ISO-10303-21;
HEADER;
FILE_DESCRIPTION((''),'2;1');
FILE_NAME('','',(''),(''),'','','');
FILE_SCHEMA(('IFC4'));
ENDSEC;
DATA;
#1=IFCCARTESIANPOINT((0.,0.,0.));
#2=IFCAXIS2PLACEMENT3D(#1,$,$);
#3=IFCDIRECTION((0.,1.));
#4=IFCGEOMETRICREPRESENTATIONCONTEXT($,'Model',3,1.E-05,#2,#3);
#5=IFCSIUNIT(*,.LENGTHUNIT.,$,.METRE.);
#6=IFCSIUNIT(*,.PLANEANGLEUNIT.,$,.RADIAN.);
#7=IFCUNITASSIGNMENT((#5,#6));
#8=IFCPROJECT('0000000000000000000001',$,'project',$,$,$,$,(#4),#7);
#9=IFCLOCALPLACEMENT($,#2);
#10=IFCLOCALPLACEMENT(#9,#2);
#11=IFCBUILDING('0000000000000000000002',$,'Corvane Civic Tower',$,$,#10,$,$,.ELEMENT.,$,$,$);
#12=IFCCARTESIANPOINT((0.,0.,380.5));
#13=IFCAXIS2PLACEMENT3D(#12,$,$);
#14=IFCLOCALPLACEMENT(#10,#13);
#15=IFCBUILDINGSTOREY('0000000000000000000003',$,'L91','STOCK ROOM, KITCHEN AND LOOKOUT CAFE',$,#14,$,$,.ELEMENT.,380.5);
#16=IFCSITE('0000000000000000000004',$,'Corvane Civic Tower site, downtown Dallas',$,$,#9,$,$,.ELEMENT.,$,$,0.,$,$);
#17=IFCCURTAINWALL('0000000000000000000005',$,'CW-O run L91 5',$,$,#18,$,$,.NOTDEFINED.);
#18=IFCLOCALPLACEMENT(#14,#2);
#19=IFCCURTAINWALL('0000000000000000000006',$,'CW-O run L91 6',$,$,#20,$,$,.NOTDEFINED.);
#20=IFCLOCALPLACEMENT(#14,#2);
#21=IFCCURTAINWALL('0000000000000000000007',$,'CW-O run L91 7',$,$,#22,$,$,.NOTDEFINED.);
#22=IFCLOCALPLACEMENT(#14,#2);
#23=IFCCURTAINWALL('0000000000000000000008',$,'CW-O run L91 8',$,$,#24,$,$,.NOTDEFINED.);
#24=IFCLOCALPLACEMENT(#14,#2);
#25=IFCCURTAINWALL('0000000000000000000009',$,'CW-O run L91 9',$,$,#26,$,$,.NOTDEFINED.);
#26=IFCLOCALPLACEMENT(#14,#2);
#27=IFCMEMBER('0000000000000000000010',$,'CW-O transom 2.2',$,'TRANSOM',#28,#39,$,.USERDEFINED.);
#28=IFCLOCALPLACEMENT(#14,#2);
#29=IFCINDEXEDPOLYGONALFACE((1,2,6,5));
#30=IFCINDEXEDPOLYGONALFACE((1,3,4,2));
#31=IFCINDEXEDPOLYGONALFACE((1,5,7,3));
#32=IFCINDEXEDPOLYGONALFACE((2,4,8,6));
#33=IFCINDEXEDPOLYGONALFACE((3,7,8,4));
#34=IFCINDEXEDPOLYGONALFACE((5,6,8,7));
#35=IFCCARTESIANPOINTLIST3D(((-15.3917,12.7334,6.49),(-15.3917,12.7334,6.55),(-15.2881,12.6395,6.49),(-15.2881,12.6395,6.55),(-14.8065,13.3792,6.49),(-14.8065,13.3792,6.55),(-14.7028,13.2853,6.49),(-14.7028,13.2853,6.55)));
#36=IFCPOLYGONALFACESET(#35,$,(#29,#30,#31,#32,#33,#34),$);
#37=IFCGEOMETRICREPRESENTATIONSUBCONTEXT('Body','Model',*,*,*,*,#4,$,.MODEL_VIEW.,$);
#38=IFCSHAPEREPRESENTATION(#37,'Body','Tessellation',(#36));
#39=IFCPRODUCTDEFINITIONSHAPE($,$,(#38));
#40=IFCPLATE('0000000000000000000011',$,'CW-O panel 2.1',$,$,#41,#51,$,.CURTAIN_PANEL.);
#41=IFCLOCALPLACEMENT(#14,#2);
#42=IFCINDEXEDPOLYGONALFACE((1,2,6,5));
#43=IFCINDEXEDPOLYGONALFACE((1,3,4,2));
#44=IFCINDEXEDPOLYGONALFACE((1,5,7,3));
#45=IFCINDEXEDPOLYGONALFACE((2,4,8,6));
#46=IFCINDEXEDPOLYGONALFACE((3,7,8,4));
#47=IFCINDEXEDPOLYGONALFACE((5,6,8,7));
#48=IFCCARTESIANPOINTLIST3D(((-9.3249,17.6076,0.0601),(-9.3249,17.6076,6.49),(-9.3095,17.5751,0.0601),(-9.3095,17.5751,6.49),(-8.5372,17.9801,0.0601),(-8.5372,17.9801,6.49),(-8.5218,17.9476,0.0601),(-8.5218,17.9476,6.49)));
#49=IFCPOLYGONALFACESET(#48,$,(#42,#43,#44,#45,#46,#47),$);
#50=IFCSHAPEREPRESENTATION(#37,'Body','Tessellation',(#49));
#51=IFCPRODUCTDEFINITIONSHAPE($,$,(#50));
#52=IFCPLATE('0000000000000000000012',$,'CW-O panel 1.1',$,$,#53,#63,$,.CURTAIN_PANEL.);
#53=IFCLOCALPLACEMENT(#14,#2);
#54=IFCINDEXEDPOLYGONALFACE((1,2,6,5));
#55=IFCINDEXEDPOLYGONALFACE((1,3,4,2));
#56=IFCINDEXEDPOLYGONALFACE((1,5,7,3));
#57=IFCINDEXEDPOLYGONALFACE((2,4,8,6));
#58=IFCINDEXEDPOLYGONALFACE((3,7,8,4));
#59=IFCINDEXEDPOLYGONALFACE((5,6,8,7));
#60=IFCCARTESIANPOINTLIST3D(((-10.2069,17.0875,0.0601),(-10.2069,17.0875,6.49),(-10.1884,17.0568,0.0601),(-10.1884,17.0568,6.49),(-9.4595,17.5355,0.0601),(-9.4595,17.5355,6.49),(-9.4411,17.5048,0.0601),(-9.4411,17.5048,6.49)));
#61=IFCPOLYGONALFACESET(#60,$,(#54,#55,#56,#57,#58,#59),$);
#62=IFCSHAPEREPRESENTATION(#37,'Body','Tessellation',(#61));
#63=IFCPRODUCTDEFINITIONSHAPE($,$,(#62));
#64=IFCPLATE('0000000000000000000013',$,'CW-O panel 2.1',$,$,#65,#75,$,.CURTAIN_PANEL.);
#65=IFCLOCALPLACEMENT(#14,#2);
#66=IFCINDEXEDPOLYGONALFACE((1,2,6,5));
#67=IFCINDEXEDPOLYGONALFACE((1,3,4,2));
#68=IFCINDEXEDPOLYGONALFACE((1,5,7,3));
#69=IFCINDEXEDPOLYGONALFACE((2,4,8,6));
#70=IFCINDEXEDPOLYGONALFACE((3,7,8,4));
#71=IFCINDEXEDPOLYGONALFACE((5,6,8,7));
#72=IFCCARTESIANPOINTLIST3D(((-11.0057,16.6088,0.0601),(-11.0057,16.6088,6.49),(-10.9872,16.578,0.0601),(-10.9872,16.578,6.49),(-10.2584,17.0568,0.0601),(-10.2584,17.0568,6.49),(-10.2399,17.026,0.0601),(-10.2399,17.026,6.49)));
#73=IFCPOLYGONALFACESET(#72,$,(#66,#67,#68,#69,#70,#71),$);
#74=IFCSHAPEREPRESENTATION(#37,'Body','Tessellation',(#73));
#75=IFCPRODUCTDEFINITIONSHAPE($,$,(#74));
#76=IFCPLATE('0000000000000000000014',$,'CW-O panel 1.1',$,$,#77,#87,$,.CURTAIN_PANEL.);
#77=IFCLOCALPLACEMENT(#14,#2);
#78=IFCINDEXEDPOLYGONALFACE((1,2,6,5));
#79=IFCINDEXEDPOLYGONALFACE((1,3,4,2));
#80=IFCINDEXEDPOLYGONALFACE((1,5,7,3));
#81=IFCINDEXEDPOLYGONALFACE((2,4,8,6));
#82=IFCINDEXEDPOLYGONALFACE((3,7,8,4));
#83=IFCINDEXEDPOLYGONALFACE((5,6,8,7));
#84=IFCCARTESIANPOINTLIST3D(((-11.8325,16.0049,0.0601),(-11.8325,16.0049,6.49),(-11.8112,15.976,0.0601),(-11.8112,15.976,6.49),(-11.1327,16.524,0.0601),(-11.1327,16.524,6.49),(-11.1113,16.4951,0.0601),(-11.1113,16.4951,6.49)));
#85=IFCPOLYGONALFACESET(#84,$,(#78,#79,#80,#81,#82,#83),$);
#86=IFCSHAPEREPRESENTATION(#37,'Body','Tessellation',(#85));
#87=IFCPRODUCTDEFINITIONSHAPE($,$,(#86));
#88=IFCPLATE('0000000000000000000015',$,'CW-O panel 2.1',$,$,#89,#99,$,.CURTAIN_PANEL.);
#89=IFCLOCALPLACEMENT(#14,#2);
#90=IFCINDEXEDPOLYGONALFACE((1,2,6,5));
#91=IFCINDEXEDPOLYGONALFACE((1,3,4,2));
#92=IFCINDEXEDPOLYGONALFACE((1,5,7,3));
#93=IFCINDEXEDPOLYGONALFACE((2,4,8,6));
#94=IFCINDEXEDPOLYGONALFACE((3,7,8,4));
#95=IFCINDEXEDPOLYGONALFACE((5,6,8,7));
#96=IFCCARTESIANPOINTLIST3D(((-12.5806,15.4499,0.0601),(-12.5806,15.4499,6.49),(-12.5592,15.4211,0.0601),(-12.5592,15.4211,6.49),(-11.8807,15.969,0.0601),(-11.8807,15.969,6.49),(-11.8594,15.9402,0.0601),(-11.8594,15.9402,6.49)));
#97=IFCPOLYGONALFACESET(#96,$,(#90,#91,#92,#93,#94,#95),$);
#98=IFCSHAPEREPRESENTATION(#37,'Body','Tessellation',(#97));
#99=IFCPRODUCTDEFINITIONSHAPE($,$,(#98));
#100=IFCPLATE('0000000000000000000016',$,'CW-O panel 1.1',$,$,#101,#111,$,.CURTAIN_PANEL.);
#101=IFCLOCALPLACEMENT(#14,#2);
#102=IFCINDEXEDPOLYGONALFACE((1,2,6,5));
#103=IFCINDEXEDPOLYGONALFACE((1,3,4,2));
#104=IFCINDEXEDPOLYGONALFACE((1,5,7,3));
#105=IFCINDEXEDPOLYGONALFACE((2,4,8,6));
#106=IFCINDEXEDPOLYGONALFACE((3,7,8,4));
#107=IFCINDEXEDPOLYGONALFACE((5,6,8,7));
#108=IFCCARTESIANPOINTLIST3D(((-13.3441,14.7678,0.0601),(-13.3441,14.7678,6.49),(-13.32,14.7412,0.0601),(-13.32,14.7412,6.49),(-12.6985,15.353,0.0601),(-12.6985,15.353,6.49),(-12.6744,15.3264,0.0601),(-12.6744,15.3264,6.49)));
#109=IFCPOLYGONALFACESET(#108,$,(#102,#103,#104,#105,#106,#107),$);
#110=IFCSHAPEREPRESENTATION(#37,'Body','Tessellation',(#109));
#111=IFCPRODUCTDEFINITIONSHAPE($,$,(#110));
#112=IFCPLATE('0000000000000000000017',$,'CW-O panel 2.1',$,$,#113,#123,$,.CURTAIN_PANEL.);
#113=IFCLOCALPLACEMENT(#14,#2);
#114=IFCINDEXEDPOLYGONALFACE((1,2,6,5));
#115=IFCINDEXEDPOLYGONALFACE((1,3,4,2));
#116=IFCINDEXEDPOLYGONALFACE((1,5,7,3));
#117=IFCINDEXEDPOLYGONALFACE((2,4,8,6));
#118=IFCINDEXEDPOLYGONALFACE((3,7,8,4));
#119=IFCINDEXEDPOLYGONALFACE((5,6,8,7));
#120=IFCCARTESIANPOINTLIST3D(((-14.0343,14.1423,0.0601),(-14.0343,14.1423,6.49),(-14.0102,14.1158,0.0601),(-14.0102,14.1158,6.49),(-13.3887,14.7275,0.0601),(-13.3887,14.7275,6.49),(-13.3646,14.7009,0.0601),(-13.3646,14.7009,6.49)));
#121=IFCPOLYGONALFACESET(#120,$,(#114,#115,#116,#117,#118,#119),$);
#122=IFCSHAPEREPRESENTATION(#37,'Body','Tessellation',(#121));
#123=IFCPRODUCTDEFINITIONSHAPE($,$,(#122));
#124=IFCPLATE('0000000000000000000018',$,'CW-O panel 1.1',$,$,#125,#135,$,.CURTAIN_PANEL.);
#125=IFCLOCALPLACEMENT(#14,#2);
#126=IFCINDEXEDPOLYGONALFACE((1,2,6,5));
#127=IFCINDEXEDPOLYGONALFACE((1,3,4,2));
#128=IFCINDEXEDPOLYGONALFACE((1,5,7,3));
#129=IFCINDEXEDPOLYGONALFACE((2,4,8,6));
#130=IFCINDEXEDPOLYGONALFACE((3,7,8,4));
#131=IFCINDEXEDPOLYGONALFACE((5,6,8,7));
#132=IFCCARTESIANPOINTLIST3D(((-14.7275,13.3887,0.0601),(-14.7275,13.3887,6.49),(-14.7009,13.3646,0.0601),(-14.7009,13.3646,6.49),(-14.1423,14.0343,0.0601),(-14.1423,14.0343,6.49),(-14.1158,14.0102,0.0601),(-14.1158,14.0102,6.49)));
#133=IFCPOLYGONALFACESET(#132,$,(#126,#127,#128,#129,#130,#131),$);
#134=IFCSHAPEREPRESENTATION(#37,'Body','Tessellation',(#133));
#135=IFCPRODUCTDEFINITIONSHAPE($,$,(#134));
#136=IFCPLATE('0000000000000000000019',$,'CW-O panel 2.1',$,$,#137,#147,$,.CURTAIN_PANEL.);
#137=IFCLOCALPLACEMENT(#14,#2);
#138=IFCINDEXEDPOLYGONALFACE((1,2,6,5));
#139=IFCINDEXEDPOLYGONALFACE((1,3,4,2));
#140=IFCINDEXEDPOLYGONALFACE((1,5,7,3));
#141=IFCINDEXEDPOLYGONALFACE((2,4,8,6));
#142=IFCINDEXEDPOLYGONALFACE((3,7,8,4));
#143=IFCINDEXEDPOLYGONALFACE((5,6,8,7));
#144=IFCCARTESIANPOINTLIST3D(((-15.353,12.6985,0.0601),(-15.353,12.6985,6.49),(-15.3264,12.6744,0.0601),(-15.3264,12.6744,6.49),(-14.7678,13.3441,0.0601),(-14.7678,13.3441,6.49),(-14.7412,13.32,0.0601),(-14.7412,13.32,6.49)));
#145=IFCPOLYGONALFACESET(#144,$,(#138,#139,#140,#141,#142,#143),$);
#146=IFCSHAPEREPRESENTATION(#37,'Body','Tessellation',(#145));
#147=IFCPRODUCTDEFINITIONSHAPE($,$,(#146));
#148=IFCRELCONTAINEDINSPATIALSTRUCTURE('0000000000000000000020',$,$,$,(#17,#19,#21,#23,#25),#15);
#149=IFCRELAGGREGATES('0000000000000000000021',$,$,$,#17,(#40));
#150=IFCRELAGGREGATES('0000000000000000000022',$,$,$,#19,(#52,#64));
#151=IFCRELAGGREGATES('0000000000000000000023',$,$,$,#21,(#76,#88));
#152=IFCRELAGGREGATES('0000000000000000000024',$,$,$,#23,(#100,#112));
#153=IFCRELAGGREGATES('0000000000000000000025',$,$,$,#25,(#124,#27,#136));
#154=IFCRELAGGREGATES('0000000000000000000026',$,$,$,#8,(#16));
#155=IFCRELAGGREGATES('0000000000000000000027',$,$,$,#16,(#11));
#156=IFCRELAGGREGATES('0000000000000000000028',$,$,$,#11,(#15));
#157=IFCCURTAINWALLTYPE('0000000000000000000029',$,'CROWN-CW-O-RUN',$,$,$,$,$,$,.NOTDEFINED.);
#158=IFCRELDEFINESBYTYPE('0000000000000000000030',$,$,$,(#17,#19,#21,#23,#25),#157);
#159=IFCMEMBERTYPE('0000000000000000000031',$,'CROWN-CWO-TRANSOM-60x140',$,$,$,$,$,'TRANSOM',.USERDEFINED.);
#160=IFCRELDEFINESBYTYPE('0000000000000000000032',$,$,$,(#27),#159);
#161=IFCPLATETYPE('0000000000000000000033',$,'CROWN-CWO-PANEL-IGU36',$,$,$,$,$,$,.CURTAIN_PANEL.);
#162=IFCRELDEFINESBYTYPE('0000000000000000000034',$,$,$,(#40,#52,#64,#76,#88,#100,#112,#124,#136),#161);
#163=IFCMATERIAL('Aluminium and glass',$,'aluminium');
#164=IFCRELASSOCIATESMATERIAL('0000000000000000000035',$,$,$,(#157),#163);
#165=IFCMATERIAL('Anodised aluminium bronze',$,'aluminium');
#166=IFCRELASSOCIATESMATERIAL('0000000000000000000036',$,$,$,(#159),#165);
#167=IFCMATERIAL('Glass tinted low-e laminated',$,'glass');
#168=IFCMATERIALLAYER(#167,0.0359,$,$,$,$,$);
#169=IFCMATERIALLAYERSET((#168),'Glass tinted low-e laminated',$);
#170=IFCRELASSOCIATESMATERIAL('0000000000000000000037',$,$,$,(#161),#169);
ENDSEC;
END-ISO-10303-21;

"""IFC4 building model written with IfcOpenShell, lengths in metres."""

from ifc_helpers import new_model, si_unit, direction, frame, origin, origin_2d, place, context, subcontext, project, spatial, rectangle, extrude, material, layer, layer_set, material_profile, profile_set, type_object, element, aggregate, save


model = new_model("IFC4")

# Units and contexts
model_context = context("Model", 3, precision=1e-05, world=origin(), true_north=direction((0.0, 1.0)))
body_context = subcontext(model_context, "Body", "Model", "MODEL_VIEW")
ifc_project = project(units=[si_unit("LENGTHUNIT", "METRE"), si_unit("PLANEANGLEUNIT", "RADIAN")], contexts=[model_context])

# Site, building, storey
site_placement = place(None, origin())
site = spatial("IfcSite", under=ifc_project, at=site_placement, Name="Corvane Civic Tower site, downtown Dallas", CompositionType="ELEMENT", RefElevation=0.0)
building_placement = place(site_placement, origin())
building = spatial("IfcBuilding", under=site, at=building_placement, Name="Corvane Civic Tower", CompositionType="ELEMENT")
storey_placement = place(building_placement, frame((0.0, 0.0, 380.5)))
storey = spatial("IfcBuildingStorey", under=building, at=storey_placement, Name="L91", Description="STOCK ROOM, KITCHEN AND LOOKOUT CAFE", CompositionType="ELEMENT", Elevation=380.5)

# Curtain walls, member
ifc_material_1 = material(Name="Aluminium and glass", Category="aluminium")
curtain_wall_type = type_object("IfcCurtainWallType", Name="CROWN-CW-O-RUN", PredefinedType="NOTDEFINED", material=ifc_material_1)
curtain_wall_1_placement = place(storey_placement, origin())
curtain_wall_1 = element("IfcCurtainWall", 1, at=curtain_wall_1_placement, inside=storey, type_object=curtain_wall_type, Name="CW-O run L91 5", PredefinedType="NOTDEFINED")
ifc_material_2 = material(Name="Anodised aluminium bronze", Category="aluminium")
ifc_material_profile = material_profile(ifc_material_2, rectangle(XDim=0.1399, YDim=0.0601, at=origin_2d()), Name="AL 140x60")
ifc_profile_set = profile_set([ifc_material_profile], Name="Anodised aluminium bronze")
member_type = type_object("IfcMemberType", Name="CROWN-CWO-TRANSOM-60x140", ElementType="TRANSOM", PredefinedType="USERDEFINED", material=ifc_profile_set)
curtain_wall_2_placement = place(storey_placement, origin())
curtain_wall_2 = element("IfcCurtainWall", 2, at=curtain_wall_2_placement, inside=storey, type_object=curtain_wall_type, Name="CW-O run L91 6", PredefinedType="NOTDEFINED")
curtain_wall_3_placement = place(storey_placement, origin())
curtain_wall_3 = element("IfcCurtainWall", 3, at=curtain_wall_3_placement, inside=storey, type_object=curtain_wall_type, Name="CW-O run L91 7", PredefinedType="NOTDEFINED")
curtain_wall_4_placement = place(storey_placement, origin())
curtain_wall_4 = element("IfcCurtainWall", 4, at=curtain_wall_4_placement, inside=storey, type_object=curtain_wall_type, Name="CW-O run L91 8", PredefinedType="NOTDEFINED")
curtain_wall_5_placement = place(storey_placement, origin())
curtain_wall_5 = element("IfcCurtainWall", 5, at=curtain_wall_5_placement, inside=storey, type_object=curtain_wall_type, Name="CW-O run L91 9", PredefinedType="NOTDEFINED")
member_1_placement = place(storey_placement, frame((-14.7546, 13.3323, 6.52), z_axis=(-0.671515, -0.740991, 0.0), x_axis=(0.740991, -0.671515, 0.0)))
member_1 = element("IfcMember", 6, at=member_1_placement, type_object=member_type, Name="CW-O transom 2.2", ObjectType="TRANSOM", PredefinedType="USERDEFINED", context=body_context, shape_type="SweptSolid", body=[
    extrude(rectangle(XDim=0.1399, YDim=0.0601, at=origin_2d()), origin(), (0.0, 0.0, 1.0), 0.8716),
])

# Plates
ifc_material_3 = material(Name="Glass tinted low-e laminated", Category="glass")
ifc_layer = layer(ifc_material_3, 0.0359)
ifc_layer_set = layer_set([ifc_layer], Name="Glass tinted low-e laminated")
plate_type = type_object("IfcPlateType", Name="CROWN-CWO-PANEL-IGU36", PredefinedType="CURTAIN_PANEL", material=ifc_layer_set)
plate_1_placement = place(storey_placement, frame((-8.9233, 17.7776, 0.0601), z_axis=(0.0, 0.0, 1.0), x_axis=(-0.904011, -0.427509, 0.0)))
plate_1 = element("IfcPlate", 7, at=plate_1_placement, type_object=plate_type, Name="CW-O panel 2.1", PredefinedType="CURTAIN_PANEL", context=body_context, shape_type="SweptSolid", body=[
    extrude(rectangle(XDim=0.8713, YDim=0.0359, at=origin_2d()), origin(), (0.0, 0.0, 1.0), 6.4299),
])
aggregate(curtain_wall_1, [plate_1])
plate_2_placement = place(storey_placement, frame((-9.824, 17.2961, 0.0601), z_axis=(0.0, 0.0, 1.0), x_axis=(-0.857699, -0.514152, 0.0)))
plate_2 = element("IfcPlate", 8, at=plate_2_placement, type_object=plate_type, Name="CW-O panel 1.1", PredefinedType="CURTAIN_PANEL", context=body_context, shape_type="SweptSolid", body=[
    extrude(rectangle(XDim=0.8713, YDim=0.0359, at=origin_2d()), origin(), (0.0, 0.0, 1.0), 6.4299),
])
plate_3_placement = place(storey_placement, frame((-10.6228, 16.8174, 0.0601), z_axis=(0.0, 0.0, 1.0), x_axis=(-0.857699, -0.514152, 0.0)))
plate_3 = element("IfcPlate", 9, at=plate_3_placement, type_object=plate_type, Name="CW-O panel 2.1", PredefinedType="CURTAIN_PANEL", context=body_context, shape_type="SweptSolid", body=[
    extrude(rectangle(XDim=0.8713, YDim=0.0359, at=origin_2d()), origin(), (0.0, 0.0, 1.0), 6.4299),
])
aggregate(curtain_wall_2, [plate_2, plate_3])
plate_4_placement = place(storey_placement, frame((-11.4719, 16.25, 0.0601), z_axis=(0.0, 0.0, 1.0), x_axis=(-0.80319, -0.595722, 0.0)))
plate_4 = element("IfcPlate", 10, at=plate_4_placement, type_object=plate_type, Name="CW-O panel 1.1", PredefinedType="CURTAIN_PANEL", context=body_context, shape_type="SweptSolid", body=[
    extrude(rectangle(XDim=0.8713, YDim=0.0359, at=origin_2d()), origin(), (0.0, 0.0, 1.0), 6.4299),
])
plate_5_placement = place(storey_placement, frame((-12.22, 15.6951, 0.0601), z_axis=(0.0, 0.0, 1.0), x_axis=(-0.80319, -0.595722, 0.0)))
plate_5 = element("IfcPlate", 11, at=plate_5_placement, type_object=plate_type, Name="CW-O panel 2.1", PredefinedType="CURTAIN_PANEL", context=body_context, shape_type="SweptSolid", body=[
    extrude(rectangle(XDim=0.8713, YDim=0.0359, at=origin_2d()), origin(), (0.0, 0.0, 1.0), 6.4299),
])
aggregate(curtain_wall_3, [plate_4, plate_5])
plate_6_placement = place(storey_placement, frame((-13.0093, 15.0471, 0.0601), z_axis=(0.0, 0.0, 1.0), x_axis=(-0.740944, -0.671567, 0.0)))
plate_6 = element("IfcPlate", 12, at=plate_6_placement, type_object=plate_type, Name="CW-O panel 1.1", PredefinedType="CURTAIN_PANEL", context=body_context, shape_type="SweptSolid", body=[
    extrude(rectangle(XDim=0.8713, YDim=0.0359, at=origin_2d()), origin(), (0.0, 0.0, 1.0), 6.4299),
])
plate_7_placement = place(storey_placement, frame((-13.6995, 14.4216, 0.0601), z_axis=(0.0, 0.0, 1.0), x_axis=(-0.740944, -0.671567, 0.0)))
plate_7 = element("IfcPlate", 13, at=plate_7_placement, type_object=plate_type, Name="CW-O panel 2.1", PredefinedType="CURTAIN_PANEL", context=body_context, shape_type="SweptSolid", body=[
    extrude(rectangle(XDim=0.8713, YDim=0.0359, at=origin_2d()), origin(), (0.0, 0.0, 1.0), 6.4299),
])
aggregate(curtain_wall_4, [plate_6, plate_7])
plate_8_placement = place(storey_placement, frame((-14.4216, 13.6995, 0.0601), z_axis=(0.0, 0.0, 1.0), x_axis=(-0.671567, -0.740944, 0.0)))
plate_8 = element("IfcPlate", 14, at=plate_8_placement, type_object=plate_type, Name="CW-O panel 1.1", PredefinedType="CURTAIN_PANEL", context=body_context, shape_type="SweptSolid", body=[
    extrude(rectangle(XDim=0.8713, YDim=0.0359, at=origin_2d()), origin(), (0.0, 0.0, 1.0), 6.4299),
])
plate_9_placement = place(storey_placement, frame((-15.0471, 13.0093, 0.0601), z_axis=(0.0, 0.0, 1.0), x_axis=(-0.671567, -0.740944, 0.0)))
plate_9 = element("IfcPlate", 15, at=plate_9_placement, type_object=plate_type, Name="CW-O panel 2.1", PredefinedType="CURTAIN_PANEL", context=body_context, shape_type="SweptSolid", body=[
    extrude(rectangle(XDim=0.8713, YDim=0.0359, at=origin_2d()), origin(), (0.0, 0.0, 1.0), 6.4299),
])
aggregate(curtain_wall_5, [plate_8, member_1, plate_9])

save(model, "model.ifc")
